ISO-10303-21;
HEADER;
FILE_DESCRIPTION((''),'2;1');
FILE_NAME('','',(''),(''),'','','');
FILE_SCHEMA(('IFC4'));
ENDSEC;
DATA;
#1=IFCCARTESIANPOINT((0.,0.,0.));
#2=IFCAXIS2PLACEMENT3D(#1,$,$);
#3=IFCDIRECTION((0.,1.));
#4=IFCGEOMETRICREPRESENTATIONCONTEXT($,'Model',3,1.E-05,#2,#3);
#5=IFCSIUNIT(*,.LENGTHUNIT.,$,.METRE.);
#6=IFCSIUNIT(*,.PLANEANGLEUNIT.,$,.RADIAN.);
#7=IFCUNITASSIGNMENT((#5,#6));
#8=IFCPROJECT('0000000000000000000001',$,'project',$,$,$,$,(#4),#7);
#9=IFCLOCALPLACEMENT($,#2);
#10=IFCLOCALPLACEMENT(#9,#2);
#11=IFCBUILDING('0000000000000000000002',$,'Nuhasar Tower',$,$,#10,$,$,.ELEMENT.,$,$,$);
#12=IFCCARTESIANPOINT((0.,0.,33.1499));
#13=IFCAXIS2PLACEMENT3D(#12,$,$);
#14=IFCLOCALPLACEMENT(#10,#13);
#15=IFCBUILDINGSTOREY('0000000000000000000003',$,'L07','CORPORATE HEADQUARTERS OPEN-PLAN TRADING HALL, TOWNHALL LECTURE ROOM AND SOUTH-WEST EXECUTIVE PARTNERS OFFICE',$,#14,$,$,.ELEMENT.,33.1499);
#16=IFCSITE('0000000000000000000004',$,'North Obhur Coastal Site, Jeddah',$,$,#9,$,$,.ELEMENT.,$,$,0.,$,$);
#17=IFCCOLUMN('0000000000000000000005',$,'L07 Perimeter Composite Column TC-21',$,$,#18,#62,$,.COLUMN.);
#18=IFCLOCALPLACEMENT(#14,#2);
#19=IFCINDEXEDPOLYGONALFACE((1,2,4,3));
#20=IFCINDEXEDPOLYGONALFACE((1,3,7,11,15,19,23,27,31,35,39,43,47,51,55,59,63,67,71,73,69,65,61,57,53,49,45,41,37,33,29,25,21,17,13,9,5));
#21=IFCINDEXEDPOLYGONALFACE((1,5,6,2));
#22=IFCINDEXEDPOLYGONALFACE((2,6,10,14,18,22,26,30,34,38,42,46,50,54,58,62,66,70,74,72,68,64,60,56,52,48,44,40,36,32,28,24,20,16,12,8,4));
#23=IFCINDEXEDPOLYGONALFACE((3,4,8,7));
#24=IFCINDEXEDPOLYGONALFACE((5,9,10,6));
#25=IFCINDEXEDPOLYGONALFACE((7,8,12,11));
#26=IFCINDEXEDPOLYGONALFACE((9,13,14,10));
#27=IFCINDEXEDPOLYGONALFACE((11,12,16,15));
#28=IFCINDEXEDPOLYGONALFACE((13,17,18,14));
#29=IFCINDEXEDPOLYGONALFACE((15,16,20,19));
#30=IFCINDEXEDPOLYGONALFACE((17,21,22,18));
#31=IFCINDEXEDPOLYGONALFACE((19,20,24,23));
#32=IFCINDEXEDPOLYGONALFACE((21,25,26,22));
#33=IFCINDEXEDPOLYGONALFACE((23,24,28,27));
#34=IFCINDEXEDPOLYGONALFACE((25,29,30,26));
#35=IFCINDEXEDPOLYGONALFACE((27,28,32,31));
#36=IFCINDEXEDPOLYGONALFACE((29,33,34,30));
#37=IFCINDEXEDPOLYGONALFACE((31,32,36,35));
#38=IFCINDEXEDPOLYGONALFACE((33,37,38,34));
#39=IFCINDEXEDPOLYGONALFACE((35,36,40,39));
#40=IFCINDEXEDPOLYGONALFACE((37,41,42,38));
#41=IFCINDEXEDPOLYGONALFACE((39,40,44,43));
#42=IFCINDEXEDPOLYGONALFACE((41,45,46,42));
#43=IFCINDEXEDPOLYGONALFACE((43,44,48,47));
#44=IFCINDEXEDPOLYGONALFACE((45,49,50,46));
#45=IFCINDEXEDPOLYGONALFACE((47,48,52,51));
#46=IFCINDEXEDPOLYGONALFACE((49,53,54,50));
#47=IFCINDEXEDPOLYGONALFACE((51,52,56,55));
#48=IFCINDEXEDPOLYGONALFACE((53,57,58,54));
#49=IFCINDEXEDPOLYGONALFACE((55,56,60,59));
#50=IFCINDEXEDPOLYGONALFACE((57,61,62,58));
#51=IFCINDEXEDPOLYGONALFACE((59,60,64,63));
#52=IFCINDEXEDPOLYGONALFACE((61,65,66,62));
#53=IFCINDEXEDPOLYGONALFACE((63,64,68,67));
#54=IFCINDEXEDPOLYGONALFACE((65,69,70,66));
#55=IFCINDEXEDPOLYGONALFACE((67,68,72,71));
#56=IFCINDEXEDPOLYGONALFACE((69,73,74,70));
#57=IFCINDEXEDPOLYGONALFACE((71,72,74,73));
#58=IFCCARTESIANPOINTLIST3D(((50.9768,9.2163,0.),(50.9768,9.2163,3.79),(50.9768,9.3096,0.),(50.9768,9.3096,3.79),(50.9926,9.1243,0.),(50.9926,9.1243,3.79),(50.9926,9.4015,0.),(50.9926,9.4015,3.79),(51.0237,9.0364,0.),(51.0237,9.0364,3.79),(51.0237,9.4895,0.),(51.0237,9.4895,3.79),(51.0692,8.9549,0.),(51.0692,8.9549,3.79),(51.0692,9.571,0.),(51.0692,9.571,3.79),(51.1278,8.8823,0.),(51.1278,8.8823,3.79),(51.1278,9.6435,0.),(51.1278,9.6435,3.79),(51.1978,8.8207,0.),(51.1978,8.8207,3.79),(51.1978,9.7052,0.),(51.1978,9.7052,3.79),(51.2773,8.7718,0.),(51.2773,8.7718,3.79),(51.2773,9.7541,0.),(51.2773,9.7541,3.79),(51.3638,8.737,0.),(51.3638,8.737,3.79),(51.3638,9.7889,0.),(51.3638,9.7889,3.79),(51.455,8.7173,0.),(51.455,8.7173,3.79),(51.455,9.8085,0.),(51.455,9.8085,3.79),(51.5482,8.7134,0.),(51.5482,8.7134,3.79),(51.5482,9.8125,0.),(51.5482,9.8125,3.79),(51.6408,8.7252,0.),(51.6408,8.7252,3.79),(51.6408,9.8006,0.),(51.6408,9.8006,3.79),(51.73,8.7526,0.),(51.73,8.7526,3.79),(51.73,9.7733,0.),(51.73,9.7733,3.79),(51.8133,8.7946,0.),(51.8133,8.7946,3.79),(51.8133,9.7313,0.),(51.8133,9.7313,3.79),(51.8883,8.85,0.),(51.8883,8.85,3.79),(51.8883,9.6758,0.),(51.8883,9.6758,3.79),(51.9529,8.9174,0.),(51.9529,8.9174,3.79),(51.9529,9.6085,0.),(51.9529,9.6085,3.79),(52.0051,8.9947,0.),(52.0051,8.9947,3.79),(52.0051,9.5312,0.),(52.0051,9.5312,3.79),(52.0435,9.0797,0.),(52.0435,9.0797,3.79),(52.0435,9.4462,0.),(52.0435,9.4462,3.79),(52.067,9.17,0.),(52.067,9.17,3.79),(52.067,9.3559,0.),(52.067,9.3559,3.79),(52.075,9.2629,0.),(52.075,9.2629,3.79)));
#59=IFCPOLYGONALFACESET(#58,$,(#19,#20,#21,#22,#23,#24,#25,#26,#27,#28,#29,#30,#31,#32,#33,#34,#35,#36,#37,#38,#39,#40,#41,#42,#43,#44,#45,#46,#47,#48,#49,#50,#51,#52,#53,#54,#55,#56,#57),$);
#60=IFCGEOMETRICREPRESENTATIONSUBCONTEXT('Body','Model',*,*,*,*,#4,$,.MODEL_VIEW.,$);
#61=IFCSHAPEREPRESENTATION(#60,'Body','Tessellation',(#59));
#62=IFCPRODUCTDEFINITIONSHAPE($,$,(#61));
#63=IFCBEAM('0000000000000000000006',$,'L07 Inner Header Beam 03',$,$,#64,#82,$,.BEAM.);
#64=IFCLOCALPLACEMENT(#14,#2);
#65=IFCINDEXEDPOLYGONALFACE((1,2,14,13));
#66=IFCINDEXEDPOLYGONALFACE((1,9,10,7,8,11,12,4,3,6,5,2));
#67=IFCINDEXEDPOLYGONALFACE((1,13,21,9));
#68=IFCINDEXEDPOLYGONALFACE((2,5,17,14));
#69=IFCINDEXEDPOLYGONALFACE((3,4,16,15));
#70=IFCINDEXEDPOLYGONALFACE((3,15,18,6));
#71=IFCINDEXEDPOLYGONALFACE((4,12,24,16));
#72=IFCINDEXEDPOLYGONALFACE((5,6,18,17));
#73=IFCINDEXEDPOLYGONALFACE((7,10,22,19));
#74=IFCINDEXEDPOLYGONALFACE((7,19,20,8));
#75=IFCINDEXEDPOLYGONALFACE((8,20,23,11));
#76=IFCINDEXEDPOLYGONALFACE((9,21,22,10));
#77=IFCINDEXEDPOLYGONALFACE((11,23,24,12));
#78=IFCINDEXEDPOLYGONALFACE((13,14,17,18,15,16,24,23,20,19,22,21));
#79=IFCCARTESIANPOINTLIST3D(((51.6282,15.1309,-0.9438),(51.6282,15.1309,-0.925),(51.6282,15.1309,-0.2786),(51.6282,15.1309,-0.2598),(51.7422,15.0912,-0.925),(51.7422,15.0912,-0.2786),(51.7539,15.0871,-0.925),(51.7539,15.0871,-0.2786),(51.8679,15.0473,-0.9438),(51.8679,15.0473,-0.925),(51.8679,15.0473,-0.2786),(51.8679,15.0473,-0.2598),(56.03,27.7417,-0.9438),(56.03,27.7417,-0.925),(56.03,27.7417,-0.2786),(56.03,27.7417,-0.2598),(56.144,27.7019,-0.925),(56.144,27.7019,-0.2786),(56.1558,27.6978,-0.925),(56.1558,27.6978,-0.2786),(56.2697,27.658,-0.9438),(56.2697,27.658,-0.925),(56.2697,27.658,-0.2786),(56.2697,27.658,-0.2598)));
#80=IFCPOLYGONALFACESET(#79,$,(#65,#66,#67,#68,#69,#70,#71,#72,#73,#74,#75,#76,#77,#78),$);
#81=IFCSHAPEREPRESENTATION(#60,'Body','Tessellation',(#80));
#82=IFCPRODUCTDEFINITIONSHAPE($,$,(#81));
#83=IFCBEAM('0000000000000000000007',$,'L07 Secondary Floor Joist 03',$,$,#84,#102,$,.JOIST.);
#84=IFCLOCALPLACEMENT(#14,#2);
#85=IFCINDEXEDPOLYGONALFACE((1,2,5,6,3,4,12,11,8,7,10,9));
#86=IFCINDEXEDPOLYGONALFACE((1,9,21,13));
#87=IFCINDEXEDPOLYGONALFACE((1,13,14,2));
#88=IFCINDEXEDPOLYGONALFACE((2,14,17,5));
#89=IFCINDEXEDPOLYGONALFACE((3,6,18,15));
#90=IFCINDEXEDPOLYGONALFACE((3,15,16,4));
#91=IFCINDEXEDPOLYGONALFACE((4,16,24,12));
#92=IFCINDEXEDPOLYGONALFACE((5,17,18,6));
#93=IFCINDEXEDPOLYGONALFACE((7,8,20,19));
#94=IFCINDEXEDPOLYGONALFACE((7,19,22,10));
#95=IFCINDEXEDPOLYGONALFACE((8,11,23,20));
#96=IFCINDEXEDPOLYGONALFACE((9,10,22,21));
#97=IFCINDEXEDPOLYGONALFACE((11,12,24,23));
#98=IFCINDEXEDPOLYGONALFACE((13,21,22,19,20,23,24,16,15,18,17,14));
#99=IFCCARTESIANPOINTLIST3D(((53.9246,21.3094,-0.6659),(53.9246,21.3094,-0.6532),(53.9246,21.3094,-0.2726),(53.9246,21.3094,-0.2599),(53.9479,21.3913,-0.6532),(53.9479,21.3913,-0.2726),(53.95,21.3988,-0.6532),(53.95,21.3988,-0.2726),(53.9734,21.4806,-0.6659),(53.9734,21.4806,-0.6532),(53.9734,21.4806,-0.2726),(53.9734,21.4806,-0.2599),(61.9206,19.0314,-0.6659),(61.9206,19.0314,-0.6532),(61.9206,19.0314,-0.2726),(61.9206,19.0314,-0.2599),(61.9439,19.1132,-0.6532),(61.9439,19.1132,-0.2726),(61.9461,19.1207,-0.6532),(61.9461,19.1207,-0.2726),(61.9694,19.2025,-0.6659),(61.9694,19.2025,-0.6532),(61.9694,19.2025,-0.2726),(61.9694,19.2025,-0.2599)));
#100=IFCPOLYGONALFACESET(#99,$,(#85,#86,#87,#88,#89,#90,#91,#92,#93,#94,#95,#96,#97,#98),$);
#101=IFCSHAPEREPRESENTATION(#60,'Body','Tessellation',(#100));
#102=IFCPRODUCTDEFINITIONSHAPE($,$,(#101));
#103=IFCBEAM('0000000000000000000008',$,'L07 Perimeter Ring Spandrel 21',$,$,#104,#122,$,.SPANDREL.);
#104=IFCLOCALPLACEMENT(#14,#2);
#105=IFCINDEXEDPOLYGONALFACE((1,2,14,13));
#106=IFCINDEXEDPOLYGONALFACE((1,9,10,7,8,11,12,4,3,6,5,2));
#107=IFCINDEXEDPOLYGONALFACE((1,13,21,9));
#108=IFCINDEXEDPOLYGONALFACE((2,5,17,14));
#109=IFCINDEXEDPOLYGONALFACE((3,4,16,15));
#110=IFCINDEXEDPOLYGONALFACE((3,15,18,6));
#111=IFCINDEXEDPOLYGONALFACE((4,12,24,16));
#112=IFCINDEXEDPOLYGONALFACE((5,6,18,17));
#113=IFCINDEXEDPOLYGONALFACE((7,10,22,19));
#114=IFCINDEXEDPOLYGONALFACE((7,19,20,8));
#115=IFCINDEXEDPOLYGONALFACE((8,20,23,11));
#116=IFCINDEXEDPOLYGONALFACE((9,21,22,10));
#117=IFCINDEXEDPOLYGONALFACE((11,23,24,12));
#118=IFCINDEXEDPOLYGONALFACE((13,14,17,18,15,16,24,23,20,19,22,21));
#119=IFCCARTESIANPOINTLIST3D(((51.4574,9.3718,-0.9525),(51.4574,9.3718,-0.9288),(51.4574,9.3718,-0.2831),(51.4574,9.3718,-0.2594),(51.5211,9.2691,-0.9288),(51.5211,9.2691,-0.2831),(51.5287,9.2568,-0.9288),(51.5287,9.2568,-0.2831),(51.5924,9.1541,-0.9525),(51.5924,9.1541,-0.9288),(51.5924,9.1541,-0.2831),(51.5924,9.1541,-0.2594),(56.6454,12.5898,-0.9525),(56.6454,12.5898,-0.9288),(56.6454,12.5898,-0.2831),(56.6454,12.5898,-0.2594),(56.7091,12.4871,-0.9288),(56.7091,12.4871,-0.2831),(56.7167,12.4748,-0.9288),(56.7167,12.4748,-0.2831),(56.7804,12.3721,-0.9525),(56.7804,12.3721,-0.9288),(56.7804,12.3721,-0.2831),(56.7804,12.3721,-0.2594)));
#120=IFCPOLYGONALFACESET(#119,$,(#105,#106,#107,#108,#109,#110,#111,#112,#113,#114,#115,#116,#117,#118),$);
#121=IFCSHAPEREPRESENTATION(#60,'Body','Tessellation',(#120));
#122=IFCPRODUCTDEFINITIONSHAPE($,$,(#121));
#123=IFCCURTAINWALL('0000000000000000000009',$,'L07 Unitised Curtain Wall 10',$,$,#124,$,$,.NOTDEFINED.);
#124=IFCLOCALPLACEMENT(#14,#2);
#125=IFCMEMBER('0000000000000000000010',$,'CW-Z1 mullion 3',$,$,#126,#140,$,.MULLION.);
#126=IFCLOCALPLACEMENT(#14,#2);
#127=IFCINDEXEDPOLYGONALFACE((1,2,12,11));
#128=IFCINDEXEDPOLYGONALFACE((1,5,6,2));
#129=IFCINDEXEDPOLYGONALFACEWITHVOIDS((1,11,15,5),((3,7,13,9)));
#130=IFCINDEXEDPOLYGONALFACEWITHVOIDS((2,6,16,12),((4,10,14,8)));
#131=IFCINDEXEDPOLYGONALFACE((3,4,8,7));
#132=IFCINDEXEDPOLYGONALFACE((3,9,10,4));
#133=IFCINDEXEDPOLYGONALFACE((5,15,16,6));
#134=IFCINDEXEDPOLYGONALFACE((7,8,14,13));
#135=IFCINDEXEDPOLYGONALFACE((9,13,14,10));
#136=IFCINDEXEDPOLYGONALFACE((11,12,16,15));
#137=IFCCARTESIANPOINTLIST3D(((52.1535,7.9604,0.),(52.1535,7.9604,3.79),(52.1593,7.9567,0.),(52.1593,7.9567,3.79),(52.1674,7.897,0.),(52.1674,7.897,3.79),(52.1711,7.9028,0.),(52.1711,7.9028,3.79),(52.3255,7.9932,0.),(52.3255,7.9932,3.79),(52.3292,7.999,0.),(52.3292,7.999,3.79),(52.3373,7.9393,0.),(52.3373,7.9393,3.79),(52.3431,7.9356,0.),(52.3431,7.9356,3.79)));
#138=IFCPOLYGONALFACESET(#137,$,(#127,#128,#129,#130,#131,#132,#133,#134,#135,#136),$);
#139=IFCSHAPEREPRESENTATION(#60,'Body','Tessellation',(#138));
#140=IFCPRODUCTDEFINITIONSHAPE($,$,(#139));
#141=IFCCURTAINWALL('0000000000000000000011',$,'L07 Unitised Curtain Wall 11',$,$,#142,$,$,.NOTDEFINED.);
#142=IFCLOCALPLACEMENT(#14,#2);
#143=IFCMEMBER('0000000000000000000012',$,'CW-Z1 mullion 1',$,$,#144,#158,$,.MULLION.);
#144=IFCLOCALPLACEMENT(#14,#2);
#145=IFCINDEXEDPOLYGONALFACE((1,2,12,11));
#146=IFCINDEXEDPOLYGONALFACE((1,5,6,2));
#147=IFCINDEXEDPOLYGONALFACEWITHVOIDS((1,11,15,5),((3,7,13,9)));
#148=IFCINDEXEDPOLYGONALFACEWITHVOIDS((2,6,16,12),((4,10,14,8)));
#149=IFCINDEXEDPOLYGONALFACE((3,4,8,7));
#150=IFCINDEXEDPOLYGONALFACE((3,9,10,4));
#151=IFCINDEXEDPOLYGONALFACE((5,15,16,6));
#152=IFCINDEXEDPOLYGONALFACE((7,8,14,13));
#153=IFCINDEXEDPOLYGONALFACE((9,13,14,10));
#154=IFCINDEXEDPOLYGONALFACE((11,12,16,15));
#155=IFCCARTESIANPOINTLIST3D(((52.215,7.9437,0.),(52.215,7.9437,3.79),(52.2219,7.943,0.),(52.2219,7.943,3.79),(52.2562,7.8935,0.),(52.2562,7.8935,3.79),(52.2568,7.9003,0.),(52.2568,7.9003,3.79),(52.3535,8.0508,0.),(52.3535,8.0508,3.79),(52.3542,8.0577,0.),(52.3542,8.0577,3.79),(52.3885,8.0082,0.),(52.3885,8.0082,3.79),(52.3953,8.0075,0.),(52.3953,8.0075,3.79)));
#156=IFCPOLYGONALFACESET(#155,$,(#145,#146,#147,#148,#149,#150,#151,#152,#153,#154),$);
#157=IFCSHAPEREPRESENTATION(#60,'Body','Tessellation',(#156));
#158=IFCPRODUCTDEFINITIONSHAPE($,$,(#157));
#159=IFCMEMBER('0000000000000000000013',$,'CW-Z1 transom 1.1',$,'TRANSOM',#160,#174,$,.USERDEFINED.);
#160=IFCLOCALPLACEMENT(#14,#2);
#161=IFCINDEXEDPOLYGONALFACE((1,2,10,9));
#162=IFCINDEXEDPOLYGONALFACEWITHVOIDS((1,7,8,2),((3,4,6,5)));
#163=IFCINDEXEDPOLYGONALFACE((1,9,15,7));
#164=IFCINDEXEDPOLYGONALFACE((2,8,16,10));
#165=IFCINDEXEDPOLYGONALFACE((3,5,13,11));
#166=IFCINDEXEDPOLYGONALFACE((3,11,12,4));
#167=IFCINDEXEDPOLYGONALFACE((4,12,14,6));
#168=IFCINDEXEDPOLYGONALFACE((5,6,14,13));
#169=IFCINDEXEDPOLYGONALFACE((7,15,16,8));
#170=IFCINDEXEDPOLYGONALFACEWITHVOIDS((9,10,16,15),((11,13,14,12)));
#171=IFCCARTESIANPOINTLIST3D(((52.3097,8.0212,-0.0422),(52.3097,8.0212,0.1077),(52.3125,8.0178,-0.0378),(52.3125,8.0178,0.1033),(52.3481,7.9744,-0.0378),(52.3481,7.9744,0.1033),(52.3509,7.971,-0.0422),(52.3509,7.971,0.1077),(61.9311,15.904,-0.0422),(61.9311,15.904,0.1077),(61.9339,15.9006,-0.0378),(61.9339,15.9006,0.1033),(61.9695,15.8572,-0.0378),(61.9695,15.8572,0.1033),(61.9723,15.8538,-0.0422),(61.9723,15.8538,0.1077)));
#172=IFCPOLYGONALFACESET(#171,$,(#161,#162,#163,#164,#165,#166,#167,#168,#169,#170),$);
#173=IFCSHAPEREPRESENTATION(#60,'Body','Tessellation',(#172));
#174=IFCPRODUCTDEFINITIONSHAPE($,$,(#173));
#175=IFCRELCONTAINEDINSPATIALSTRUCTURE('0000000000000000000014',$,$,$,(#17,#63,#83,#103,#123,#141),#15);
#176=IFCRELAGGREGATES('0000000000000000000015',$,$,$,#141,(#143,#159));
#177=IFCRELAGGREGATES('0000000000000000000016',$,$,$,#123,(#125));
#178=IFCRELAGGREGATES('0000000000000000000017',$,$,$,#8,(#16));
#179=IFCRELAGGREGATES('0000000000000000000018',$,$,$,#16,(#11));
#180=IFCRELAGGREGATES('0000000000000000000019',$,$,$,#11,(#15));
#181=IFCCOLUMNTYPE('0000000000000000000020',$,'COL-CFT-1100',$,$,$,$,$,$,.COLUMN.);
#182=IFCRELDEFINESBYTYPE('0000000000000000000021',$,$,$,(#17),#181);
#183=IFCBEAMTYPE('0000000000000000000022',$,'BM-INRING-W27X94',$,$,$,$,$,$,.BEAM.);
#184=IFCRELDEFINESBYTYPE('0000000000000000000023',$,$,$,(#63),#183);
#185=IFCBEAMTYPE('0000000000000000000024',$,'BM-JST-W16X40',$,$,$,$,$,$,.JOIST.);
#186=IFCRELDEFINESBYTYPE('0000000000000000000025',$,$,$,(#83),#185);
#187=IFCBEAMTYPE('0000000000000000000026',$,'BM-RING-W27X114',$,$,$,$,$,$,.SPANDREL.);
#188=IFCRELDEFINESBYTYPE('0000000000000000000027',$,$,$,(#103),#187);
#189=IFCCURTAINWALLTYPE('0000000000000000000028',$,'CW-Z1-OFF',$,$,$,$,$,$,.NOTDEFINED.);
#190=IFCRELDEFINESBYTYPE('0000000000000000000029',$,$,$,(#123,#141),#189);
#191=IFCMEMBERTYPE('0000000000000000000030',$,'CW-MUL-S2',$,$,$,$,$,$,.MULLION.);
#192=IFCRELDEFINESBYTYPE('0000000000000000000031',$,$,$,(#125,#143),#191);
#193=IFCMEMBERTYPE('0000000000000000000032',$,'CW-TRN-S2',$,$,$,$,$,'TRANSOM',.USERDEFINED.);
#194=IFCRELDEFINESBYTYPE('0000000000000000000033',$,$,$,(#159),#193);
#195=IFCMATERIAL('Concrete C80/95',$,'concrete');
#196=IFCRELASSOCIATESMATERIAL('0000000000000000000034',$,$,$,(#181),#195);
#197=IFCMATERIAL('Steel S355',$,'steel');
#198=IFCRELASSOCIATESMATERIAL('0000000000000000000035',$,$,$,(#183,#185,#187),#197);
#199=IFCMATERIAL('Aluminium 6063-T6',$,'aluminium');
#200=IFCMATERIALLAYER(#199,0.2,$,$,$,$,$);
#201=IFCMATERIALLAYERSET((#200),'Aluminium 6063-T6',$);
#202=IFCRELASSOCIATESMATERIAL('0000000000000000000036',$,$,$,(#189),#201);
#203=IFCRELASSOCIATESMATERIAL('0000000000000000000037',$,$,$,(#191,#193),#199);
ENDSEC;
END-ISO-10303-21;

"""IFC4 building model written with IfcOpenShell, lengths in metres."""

from ifc_helpers import new_model, si_unit, direction, frame, origin, origin_2d, place, context, subcontext, project, spatial, hollow_rectangle, circle, i_section, extrude, material, layer, layer_set, material_profile, profile_set, type_object, element, aggregate, save


model = new_model("IFC4")

# Units and contexts
model_context = context("Model", 3, precision=1e-05, world=origin(), true_north=direction((0.0, 1.0)))
body_context = subcontext(model_context, "Body", "Model", "MODEL_VIEW")
ifc_project = project(units=[si_unit("LENGTHUNIT", "METRE"), si_unit("PLANEANGLEUNIT", "RADIAN")], contexts=[model_context])

# Site, building, storey
site_placement = place(None, origin())
site = spatial("IfcSite", under=ifc_project, at=site_placement, Name="North Obhur Coastal Site, Jeddah", CompositionType="ELEMENT", RefElevation=0.0)
building_placement = place(site_placement, origin())
building = spatial("IfcBuilding", under=site, at=building_placement, Name="Nuhasar Tower", CompositionType="ELEMENT")
storey_placement = place(building_placement, frame((0.0, 0.0, 33.1499)))
storey = spatial("IfcBuildingStorey", under=building, at=storey_placement, Name="L07", Description="CORPORATE HEADQUARTERS OPEN-PLAN TRADING HALL, TOWNHALL LECTURE ROOM AND SOUTH-WEST EXECUTIVE PARTNERS OFFICE", CompositionType="ELEMENT", Elevation=33.1499)

# Column
ifc_material_1 = material(Name="Concrete C80/95", Category="concrete")
ifc_material_profile_1 = material_profile(ifc_material_1, circle(Radius=0.55, at=origin_2d()), Name="CFT1100")
ifc_profile_set_1 = profile_set([ifc_material_profile_1], Name="Concrete C80/95")
column_type = type_object("IfcColumnType", Name="COL-CFT-1100", PredefinedType="COLUMN", material=ifc_profile_set_1)
column_placement = place(storey_placement, frame((51.5249, 9.2629, 0.0), z_axis=(0.0, 0.0, 1.0), x_axis=(1.0, 0.0, 0.0)))
element("IfcColumn", 1, at=column_placement, inside=storey, type_object=column_type, Name="L07 Perimeter Composite Column TC-21", PredefinedType="COLUMN", context=body_context, shape_type="SweptSolid", body=[
    extrude(circle(Radius=0.55, at=origin_2d()), origin(), (0.0, 0.0, 1.0), 3.79),
])

# Beams
ifc_material_2 = material(Name="Steel S355", Category="steel")
ifc_material_profile_2 = material_profile(ifc_material_2, i_section(OverallWidth=0.2539, OverallDepth=0.6841, WebThickness=0.0125, FlangeThickness=0.0188, at=origin_2d()), Name="W27X94")
ifc_profile_set_2 = profile_set([ifc_material_profile_2], Name="Steel S355")
beam_type_1 = type_object("IfcBeamType", Name="BM-INRING-W27X94", PredefinedType="BEAM", material=ifc_profile_set_2)
beam_1_placement = place(storey_placement, frame((51.748, 15.0891, -0.6018), z_axis=(0.329554, 0.944137, 0.0), x_axis=(-0.944137, 0.329554, 0.0)))
element("IfcBeam", 2, at=beam_1_placement, inside=storey, type_object=beam_type_1, Name="L07 Inner Header Beam 03", PredefinedType="BEAM", context=body_context, shape_type="SweptSolid", body=[
    extrude(i_section(OverallWidth=0.2539, OverallDepth=0.6841, WebThickness=0.0125, FlangeThickness=0.0188, at=origin_2d()), origin(), (0.0, 0.0, 1.0), 13.3569),
])
ifc_material_profile_3 = material_profile(ifc_material_2, i_section(OverallWidth=0.178, OverallDepth=0.406, WebThickness=0.0078, FlangeThickness=0.0127, at=origin_2d()), Name="W16X40")
ifc_profile_set_3 = profile_set([ifc_material_profile_3], Name="Steel S355")
beam_type_2 = type_object("IfcBeamType", Name="BM-JST-W16X40", PredefinedType="JOIST", material=ifc_profile_set_3)
beam_2_placement = place(storey_placement, frame((53.949, 21.395, -0.4629), z_axis=(0.961731, -0.273996, 0.0), x_axis=(0.273996, 0.961731, 0.0)))
element("IfcBeam", 3, at=beam_2_placement, inside=storey, type_object=beam_type_2, Name="L07 Secondary Floor Joist 03", PredefinedType="JOIST", context=body_context, shape_type="SweptSolid", body=[
    extrude(i_section(OverallWidth=0.178, OverallDepth=0.406, WebThickness=0.0078, FlangeThickness=0.0127, at=origin_2d()), origin(), (0.0, 0.0, 1.0), 8.3142),
])
ifc_material_profile_4 = material_profile(ifc_material_2, i_section(OverallWidth=0.2561, OverallDepth=0.6931, WebThickness=0.0144, FlangeThickness=0.0237, at=origin_2d()), Name="W27X114")
ifc_profile_set_4 = profile_set([ifc_material_profile_4], Name="Steel S355")
beam_type_3 = type_object("IfcBeamType", Name="BM-RING-W27X114", PredefinedType="SPANDREL", material=ifc_profile_set_4)
beam_3_placement = place(storey_placement, frame((51.5249, 9.2629, -0.606), z_axis=(0.849795, 0.527113, 0.0), x_axis=(-0.527113, 0.849795, 0.0)))
element("IfcBeam", 4, at=beam_3_placement, inside=storey, type_object=beam_type_3, Name="L07 Perimeter Ring Spandrel 21", PredefinedType="SPANDREL", context=body_context, shape_type="SweptSolid", body=[
    extrude(i_section(OverallWidth=0.2561, OverallDepth=0.6931, WebThickness=0.0144, FlangeThickness=0.0237, at=origin_2d()), origin(), (0.0, 0.0, 1.0), 6.105),
])

# Curtain wall, member
ifc_material_3 = material(Name="Aluminium 6063-T6", Category="aluminium")
ifc_layer_1 = layer(ifc_material_3, 0.2)
ifc_layer_set_1 = layer_set([ifc_layer_1], Name="Aluminium 6063-T6")
curtain_wall_type = type_object("IfcCurtainWallType", Name="CW-Z1-OFF", PredefinedType="NOTDEFINED", material=ifc_layer_set_1)
curtain_wall_1_placement = place(storey_placement, origin())
curtain_wall_1 = element("IfcCurtainWall", 5, at=curtain_wall_1_placement, inside=storey, type_object=curtain_wall_type, Name="L07 Unitised Curtain Wall 10", PredefinedType="NOTDEFINED")
ifc_material_profile_5 = material_profile(ifc_material_3, hollow_rectangle(XDim=0.0649, YDim=0.1799, WallThickness=0.0049, at=origin_2d()), Name="CWM-2")
ifc_profile_set_5 = profile_set([ifc_material_profile_5], Name="Aluminium 6063-T6")
member_type_1 = type_object("IfcMemberType", Name="CW-MUL-S2", PredefinedType="MULLION", material=ifc_profile_set_5)
member_1_placement = place(storey_placement, frame((52.2483, 7.948, 0.0), z_axis=(0.0, 0.0, 1.0), x_axis=(-0.214399, 0.976746, 0.0)))
member_1 = element("IfcMember", 6, at=member_1_placement, type_object=member_type_1, Name="CW-Z1 mullion 3", PredefinedType="MULLION", context=body_context, shape_type="SweptSolid", body=[
    extrude(hollow_rectangle(XDim=0.0649, YDim=0.1799, WallThickness=0.0049, at=origin_2d()), origin(), (0.0, 0.0, 1.0), 3.79),
])

# Curtain wall, members
curtain_wall_2_placement = place(storey_placement, origin())
curtain_wall_2 = element("IfcCurtainWall", 7, at=curtain_wall_2_placement, inside=storey, type_object=curtain_wall_type, Name="L07 Unitised Curtain Wall 11", PredefinedType="NOTDEFINED")
member_2_placement = place(storey_placement, frame((52.3052, 7.9756, 0.0), z_axis=(0.0, 0.0, 1.0), x_axis=(-0.633745, 0.773542, 0.0)))
member_2 = element("IfcMember", 8, at=member_2_placement, type_object=member_type_1, Name="CW-Z1 mullion 1", PredefinedType="MULLION", context=body_context, shape_type="SweptSolid", body=[
    extrude(hollow_rectangle(XDim=0.0649, YDim=0.1799, WallThickness=0.0049, at=origin_2d()), origin(), (0.0, 0.0, 1.0), 3.79),
])
ifc_material_profile_6 = material_profile(ifc_material_3, hollow_rectangle(XDim=0.0649, YDim=0.1499, WallThickness=0.0044, at=origin_2d()), Name="CWT-2")
ifc_profile_set_6 = profile_set([ifc_material_profile_6], Name="Aluminium 6063-T6")
member_type_2 = type_object("IfcMemberType", Name="CW-TRN-S2", ElementType="TRANSOM", PredefinedType="USERDEFINED", material=ifc_profile_set_6)
member_3_placement = place(storey_placement, frame((52.3303, 7.9961, 0.0327), z_axis=(0.773531, 0.633758, 0.0), x_axis=(-0.633758, 0.773531, 0.0)))
member_3 = element("IfcMember", 9, at=member_3_placement, type_object=member_type_2, Name="CW-Z1 transom 1.1", ObjectType="TRANSOM", PredefinedType="USERDEFINED", context=body_context, shape_type="SweptSolid", body=[
    extrude(hollow_rectangle(XDim=0.0649, YDim=0.1499, WallThickness=0.0044, at=origin_2d()), origin(), (0.0, 0.0, 1.0), 12.4382),
])
aggregate(curtain_wall_2, [member_2, member_3])

aggregate(curtain_wall_1, [member_1])

save(model, "model.ifc")
